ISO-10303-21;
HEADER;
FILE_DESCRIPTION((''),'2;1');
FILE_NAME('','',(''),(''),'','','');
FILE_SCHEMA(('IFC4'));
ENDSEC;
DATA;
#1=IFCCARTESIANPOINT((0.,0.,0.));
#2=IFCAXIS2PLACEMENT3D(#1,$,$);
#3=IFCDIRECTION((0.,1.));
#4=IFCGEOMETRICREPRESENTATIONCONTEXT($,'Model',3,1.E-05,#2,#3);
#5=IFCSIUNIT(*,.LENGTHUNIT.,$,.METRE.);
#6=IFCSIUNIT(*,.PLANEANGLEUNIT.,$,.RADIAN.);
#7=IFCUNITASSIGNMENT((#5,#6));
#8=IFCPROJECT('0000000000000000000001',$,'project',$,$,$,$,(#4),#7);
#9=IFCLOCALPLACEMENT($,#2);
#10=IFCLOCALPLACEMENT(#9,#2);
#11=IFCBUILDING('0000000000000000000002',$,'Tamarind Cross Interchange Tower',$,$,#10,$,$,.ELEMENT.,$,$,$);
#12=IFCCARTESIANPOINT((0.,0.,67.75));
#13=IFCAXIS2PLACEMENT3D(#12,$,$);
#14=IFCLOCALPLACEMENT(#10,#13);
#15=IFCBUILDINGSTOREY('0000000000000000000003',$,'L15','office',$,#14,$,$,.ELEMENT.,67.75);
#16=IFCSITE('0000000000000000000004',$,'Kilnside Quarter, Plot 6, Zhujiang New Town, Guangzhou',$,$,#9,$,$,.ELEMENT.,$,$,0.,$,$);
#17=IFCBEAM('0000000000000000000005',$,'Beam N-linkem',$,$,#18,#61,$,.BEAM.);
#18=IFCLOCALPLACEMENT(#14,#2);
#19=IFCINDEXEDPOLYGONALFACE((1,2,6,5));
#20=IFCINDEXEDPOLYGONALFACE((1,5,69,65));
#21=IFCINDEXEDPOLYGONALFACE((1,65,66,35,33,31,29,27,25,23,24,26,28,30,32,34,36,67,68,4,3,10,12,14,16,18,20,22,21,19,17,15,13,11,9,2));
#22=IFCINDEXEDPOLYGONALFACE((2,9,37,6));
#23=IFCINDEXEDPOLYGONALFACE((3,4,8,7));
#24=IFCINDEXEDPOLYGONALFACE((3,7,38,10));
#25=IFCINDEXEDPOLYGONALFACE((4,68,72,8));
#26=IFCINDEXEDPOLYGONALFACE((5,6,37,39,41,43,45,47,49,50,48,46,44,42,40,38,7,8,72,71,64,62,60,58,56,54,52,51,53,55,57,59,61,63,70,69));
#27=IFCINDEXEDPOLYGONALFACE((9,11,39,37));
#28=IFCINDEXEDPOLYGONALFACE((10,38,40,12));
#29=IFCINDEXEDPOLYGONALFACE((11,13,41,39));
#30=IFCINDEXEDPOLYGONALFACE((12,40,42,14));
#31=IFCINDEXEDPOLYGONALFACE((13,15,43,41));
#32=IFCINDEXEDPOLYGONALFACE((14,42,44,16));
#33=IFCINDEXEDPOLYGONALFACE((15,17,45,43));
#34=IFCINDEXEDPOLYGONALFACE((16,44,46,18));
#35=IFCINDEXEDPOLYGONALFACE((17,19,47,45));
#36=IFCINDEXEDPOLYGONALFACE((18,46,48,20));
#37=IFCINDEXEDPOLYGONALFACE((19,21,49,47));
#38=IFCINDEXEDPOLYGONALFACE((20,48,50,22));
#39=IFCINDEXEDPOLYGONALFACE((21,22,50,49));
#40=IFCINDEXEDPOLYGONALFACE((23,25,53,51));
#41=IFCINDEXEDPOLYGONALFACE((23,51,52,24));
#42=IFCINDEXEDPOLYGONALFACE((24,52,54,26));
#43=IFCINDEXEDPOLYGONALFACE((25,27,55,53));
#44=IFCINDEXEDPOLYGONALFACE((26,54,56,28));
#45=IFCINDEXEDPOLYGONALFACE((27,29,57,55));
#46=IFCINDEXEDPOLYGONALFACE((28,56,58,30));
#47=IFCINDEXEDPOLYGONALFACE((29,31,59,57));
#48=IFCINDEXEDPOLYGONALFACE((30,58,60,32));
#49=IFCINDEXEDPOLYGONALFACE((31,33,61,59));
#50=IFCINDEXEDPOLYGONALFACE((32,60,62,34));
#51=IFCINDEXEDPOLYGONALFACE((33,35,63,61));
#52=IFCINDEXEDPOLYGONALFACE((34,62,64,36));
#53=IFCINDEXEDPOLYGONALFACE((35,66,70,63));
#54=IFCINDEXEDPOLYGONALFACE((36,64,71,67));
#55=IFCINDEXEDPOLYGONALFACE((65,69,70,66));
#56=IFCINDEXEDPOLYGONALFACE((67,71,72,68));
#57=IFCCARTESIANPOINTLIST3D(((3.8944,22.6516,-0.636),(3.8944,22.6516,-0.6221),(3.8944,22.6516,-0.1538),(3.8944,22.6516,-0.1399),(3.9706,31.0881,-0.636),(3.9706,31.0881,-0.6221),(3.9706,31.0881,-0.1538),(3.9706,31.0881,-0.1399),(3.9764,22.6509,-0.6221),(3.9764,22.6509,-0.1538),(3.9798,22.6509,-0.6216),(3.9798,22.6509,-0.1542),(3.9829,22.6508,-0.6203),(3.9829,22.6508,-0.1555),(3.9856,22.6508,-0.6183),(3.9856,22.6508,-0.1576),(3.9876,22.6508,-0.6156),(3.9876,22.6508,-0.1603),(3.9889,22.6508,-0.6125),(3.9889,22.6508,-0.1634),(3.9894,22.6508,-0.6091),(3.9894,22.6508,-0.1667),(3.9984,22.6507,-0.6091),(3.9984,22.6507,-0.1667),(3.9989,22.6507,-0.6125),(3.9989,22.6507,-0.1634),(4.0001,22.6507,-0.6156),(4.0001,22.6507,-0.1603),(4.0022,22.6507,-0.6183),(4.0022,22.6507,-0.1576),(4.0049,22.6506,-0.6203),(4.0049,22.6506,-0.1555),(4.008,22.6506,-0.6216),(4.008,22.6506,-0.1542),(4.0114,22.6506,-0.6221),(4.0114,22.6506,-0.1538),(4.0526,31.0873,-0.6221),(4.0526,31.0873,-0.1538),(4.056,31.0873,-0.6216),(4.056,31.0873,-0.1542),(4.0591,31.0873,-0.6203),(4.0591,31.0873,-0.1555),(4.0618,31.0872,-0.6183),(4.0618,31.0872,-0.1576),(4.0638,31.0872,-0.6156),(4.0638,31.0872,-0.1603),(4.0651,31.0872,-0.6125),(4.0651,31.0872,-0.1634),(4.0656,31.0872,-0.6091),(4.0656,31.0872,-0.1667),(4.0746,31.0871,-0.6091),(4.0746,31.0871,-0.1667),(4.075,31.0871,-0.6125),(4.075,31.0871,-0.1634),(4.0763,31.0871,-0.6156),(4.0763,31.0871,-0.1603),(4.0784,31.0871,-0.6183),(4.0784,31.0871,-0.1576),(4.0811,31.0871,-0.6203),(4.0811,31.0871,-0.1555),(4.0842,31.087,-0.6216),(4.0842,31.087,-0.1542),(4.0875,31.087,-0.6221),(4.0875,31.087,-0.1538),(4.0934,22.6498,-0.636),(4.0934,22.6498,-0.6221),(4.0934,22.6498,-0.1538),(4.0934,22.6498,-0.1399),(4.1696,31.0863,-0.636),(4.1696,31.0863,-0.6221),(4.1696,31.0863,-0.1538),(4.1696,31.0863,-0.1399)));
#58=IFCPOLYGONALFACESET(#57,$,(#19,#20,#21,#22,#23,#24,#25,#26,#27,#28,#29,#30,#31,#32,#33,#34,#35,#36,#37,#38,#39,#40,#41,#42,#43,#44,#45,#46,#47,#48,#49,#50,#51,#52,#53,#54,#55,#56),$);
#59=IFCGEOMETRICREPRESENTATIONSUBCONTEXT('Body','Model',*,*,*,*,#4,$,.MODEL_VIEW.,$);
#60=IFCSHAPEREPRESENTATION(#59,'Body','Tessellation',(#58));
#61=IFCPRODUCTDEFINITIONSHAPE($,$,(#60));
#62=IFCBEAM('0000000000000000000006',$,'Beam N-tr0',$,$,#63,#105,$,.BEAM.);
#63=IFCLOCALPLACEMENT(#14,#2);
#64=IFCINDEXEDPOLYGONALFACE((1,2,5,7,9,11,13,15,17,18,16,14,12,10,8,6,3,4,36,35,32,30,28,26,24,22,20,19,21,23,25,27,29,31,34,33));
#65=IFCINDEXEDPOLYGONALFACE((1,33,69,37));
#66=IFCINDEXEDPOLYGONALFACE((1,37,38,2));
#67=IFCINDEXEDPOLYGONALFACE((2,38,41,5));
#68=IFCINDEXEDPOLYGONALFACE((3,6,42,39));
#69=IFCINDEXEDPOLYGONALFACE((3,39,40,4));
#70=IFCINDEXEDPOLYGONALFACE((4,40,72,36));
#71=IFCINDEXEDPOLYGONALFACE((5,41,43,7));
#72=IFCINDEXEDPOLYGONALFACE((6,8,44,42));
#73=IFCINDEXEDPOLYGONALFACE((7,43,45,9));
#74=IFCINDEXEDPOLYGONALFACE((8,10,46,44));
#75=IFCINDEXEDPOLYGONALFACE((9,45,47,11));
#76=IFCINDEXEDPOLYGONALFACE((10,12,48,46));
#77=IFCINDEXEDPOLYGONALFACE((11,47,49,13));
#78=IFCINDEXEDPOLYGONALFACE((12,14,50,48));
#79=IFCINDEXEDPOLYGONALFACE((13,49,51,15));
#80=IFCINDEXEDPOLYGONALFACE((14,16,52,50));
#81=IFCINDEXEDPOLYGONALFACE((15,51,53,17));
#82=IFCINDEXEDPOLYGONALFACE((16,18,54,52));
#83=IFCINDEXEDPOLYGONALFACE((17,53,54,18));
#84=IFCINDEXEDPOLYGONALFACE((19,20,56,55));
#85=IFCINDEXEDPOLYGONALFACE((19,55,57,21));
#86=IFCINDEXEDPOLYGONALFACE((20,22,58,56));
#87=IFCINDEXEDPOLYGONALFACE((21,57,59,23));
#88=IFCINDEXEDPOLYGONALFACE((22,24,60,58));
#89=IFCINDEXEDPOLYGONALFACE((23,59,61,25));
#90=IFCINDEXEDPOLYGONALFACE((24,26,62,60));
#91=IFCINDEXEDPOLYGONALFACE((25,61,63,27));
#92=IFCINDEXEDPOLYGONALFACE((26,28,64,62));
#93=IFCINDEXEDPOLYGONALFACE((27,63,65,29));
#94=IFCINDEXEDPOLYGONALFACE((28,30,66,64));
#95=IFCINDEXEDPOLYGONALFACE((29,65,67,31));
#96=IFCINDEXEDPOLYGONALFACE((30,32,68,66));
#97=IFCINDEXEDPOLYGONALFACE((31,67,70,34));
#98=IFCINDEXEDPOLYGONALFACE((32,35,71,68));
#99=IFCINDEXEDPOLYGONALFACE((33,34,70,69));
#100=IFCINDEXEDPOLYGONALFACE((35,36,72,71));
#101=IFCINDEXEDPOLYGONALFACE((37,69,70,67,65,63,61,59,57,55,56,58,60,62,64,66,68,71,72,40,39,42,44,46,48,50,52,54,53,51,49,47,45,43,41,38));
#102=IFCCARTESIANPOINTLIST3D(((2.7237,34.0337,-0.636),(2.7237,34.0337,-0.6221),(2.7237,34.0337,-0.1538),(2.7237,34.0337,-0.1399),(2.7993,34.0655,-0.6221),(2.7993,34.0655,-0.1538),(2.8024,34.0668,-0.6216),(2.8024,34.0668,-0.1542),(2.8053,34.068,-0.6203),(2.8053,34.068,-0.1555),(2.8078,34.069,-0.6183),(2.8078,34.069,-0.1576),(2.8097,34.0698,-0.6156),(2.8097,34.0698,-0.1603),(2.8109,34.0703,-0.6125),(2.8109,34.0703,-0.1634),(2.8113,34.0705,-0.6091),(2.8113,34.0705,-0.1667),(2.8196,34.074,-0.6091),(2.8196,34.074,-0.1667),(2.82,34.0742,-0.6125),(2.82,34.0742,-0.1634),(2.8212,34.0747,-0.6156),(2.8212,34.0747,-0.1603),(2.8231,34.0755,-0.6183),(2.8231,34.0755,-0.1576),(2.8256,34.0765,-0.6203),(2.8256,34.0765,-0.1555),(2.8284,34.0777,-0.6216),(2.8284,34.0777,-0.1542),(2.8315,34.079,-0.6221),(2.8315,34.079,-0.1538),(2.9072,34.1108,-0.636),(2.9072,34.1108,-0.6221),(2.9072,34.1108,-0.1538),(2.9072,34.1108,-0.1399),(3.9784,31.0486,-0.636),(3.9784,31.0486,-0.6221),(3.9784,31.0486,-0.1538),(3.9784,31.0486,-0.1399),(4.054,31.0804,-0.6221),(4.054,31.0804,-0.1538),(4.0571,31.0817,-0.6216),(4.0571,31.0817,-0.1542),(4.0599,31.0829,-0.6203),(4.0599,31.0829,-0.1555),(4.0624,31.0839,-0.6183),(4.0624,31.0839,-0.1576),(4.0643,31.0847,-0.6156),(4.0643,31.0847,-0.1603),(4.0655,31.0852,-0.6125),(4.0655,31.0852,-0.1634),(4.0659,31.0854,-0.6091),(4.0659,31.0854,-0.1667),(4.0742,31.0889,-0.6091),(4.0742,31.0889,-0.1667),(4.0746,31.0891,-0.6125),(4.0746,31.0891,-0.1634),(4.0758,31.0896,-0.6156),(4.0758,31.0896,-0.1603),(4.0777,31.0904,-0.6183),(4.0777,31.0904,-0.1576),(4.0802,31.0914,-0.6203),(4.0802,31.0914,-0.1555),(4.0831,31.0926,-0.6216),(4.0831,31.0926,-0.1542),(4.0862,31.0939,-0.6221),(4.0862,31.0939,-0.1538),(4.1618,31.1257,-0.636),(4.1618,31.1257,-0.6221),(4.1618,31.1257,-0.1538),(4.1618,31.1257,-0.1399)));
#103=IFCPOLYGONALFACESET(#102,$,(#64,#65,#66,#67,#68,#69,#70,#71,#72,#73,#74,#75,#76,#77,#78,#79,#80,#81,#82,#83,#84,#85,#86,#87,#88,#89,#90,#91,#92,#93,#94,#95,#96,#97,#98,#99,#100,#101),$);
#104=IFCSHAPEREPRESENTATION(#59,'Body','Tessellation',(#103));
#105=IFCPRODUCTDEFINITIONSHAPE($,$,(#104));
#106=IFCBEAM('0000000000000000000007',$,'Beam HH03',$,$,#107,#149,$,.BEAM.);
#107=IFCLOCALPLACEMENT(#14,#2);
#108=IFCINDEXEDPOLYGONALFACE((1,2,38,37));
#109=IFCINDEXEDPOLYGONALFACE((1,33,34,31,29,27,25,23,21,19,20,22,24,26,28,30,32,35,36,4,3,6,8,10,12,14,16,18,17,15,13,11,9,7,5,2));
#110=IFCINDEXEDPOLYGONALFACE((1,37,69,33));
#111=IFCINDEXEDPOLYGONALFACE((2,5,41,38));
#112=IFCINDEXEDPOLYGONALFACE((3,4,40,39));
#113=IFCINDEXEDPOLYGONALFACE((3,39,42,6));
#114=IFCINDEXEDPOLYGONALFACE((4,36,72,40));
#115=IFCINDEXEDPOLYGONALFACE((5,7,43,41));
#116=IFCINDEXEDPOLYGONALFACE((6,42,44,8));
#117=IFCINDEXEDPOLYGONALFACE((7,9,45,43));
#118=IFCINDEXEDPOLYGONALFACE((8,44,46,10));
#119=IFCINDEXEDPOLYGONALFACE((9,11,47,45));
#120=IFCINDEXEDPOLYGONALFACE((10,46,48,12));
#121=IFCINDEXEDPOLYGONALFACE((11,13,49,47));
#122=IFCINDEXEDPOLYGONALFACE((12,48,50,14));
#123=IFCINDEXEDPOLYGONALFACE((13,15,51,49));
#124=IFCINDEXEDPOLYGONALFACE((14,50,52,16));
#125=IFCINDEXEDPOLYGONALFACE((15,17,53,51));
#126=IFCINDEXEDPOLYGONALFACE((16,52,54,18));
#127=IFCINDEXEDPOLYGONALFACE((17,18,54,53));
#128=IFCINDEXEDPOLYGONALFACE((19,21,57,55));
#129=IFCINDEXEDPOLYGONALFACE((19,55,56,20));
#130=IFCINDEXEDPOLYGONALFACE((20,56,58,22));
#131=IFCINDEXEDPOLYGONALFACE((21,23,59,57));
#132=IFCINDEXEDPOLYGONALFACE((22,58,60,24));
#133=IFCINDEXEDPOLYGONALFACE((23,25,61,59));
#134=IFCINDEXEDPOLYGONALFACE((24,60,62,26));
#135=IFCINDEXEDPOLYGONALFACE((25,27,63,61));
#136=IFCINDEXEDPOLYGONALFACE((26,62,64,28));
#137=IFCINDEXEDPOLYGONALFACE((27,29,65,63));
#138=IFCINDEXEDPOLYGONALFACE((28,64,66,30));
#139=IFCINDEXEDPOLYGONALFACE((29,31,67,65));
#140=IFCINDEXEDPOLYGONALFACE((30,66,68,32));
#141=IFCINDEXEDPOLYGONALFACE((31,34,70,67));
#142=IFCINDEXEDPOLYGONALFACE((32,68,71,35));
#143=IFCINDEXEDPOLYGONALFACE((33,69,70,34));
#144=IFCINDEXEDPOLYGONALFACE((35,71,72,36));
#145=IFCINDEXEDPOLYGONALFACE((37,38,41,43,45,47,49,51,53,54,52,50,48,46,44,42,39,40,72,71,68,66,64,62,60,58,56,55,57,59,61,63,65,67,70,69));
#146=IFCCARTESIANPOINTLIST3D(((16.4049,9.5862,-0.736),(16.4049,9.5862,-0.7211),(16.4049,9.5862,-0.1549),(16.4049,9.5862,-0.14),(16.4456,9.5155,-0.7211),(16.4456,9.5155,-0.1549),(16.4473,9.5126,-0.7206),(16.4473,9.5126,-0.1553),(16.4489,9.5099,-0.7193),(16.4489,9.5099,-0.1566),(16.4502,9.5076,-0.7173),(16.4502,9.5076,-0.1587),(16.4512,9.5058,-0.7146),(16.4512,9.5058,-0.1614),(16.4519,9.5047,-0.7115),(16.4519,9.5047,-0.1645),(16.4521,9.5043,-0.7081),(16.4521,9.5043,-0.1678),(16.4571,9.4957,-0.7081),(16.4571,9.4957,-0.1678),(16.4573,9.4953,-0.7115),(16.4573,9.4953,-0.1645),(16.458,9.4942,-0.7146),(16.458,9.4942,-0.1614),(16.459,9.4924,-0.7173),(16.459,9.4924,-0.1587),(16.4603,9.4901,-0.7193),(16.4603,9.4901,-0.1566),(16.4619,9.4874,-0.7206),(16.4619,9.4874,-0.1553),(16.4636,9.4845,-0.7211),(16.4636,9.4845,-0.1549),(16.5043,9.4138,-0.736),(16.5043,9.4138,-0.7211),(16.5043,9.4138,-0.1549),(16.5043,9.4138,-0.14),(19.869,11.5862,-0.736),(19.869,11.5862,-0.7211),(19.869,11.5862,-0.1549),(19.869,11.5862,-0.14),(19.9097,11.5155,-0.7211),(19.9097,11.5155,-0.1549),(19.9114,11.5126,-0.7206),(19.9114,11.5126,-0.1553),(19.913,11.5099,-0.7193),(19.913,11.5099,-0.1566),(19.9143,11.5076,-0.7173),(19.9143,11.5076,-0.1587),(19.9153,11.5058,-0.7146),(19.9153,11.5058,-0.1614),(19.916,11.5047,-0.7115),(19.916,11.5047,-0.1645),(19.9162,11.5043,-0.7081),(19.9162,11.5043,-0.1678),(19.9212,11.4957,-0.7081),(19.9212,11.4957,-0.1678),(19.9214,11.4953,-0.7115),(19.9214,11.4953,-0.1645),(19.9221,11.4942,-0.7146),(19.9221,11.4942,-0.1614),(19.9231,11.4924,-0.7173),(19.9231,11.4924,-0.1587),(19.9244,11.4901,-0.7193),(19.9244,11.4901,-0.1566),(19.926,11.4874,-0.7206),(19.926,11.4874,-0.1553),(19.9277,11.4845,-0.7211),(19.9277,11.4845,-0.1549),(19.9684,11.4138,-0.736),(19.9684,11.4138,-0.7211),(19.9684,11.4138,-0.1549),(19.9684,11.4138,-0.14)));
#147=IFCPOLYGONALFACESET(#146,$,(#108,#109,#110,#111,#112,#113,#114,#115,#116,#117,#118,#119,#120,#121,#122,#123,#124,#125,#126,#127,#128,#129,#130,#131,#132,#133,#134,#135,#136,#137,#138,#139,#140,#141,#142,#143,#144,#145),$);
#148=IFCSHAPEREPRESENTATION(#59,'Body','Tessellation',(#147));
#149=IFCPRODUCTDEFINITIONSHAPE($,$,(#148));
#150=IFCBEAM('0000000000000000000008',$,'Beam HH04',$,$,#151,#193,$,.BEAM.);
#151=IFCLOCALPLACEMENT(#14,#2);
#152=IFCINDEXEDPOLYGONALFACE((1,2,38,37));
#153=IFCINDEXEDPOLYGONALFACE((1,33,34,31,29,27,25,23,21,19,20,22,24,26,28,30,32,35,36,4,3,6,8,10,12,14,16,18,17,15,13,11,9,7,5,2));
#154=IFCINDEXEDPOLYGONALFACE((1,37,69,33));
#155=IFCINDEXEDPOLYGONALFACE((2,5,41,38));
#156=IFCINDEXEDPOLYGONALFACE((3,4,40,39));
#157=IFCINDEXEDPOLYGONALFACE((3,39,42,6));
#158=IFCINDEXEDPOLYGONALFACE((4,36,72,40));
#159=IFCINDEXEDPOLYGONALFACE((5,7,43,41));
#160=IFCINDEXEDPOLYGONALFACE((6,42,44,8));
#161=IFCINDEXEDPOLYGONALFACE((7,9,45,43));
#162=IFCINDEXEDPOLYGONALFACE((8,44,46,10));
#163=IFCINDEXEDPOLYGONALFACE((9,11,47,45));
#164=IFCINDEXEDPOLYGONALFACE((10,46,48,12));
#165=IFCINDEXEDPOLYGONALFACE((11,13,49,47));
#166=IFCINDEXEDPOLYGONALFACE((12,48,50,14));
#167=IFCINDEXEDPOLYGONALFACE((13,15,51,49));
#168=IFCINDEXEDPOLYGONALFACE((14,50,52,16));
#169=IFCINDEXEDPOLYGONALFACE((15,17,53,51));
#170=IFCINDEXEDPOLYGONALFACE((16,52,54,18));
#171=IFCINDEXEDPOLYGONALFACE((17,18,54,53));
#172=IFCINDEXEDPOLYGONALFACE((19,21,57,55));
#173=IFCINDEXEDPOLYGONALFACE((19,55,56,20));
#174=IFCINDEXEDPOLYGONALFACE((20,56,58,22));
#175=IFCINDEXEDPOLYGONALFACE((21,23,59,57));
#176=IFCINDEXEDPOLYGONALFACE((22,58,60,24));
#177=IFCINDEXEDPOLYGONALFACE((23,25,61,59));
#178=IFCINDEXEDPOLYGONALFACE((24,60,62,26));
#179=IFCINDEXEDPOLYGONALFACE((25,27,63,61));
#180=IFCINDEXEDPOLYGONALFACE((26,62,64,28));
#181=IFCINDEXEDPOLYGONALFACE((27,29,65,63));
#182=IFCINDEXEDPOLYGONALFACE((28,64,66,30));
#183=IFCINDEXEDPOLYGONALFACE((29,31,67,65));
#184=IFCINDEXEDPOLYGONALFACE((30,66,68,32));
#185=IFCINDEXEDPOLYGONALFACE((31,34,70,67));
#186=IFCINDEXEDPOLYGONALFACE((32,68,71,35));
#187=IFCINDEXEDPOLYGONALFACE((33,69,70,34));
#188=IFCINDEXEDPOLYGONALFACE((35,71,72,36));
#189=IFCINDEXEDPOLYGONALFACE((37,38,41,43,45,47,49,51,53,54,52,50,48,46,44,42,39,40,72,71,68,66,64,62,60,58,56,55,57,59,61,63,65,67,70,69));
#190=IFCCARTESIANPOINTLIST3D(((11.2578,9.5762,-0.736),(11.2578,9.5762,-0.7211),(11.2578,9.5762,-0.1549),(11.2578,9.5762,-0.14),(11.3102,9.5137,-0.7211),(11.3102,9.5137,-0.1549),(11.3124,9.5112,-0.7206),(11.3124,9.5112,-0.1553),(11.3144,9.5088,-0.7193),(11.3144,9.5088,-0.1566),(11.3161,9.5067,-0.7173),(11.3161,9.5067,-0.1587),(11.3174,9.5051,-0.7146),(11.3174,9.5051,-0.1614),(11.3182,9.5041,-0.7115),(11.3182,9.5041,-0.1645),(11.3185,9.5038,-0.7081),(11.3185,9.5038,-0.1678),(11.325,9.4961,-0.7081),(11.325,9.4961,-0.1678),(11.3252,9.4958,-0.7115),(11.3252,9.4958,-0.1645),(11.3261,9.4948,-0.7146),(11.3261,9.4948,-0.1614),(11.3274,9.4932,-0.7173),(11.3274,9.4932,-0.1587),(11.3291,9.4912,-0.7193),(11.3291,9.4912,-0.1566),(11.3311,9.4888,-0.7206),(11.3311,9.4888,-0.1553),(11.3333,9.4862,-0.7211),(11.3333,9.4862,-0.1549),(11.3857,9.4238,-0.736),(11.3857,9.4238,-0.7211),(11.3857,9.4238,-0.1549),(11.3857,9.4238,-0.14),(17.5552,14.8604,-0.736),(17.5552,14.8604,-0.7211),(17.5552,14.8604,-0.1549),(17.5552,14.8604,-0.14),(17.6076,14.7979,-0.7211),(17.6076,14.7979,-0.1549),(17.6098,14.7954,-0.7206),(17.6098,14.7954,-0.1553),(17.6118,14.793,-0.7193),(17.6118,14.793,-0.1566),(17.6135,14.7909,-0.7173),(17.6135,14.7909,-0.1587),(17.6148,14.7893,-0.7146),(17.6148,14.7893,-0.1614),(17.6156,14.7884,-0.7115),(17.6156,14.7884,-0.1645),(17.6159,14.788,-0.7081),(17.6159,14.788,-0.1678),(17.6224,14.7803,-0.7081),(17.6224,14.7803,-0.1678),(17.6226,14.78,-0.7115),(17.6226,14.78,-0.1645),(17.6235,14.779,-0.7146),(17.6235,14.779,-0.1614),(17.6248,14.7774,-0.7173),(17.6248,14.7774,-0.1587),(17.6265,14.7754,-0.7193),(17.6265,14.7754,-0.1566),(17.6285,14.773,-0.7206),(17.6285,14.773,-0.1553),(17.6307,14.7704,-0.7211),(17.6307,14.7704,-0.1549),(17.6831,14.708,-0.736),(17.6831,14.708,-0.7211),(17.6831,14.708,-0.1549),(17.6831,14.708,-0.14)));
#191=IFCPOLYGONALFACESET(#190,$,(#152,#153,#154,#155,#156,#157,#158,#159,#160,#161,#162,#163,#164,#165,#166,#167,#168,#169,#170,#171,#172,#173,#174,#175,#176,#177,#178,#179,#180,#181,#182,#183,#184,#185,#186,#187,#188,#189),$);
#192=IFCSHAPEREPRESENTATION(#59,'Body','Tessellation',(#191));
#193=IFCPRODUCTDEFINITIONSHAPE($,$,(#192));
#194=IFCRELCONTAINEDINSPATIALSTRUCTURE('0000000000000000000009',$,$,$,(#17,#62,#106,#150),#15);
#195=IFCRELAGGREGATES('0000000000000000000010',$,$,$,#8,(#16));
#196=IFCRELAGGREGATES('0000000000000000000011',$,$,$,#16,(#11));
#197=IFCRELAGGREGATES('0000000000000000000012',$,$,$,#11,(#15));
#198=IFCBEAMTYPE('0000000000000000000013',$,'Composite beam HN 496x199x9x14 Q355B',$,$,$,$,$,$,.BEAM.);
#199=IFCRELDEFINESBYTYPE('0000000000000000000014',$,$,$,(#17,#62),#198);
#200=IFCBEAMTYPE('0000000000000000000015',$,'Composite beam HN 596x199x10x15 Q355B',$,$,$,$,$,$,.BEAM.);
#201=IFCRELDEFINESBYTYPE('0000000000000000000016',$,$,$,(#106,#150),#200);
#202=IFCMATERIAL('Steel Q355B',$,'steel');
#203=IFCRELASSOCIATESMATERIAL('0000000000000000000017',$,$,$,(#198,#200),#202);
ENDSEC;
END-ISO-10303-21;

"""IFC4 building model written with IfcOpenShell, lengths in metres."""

from ifc_helpers import new_model, si_unit, direction, frame, origin, origin_2d, place, context, subcontext, project, spatial, i_section, extrude, material, material_profile, profile_set, type_object, element, save


model = new_model("IFC4")

# Units and contexts
model_context = context("Model", 3, precision=1e-05, world=origin(), true_north=direction((0.0, 1.0)))
body_context = subcontext(model_context, "Body", "Model", "MODEL_VIEW")
ifc_project = project(units=[si_unit("LENGTHUNIT", "METRE"), si_unit("PLANEANGLEUNIT", "RADIAN")], contexts=[model_context])

# Site, building, storey
site_placement = place(None, origin())
site = spatial("IfcSite", under=ifc_project, at=site_placement, Name="Kilnside Quarter, Plot 6, Zhujiang New Town, Guangzhou", CompositionType="ELEMENT", RefElevation=0.0)
building_placement = place(site_placement, origin())
building = spatial("IfcBuilding", under=site, at=building_placement, Name="Tamarind Cross Interchange Tower", CompositionType="ELEMENT")
storey_placement = place(building_placement, frame((0.0, 0.0, 67.75)))
storey = spatial("IfcBuildingStorey", under=building, at=storey_placement, Name="L15", Description="office", CompositionType="ELEMENT", Elevation=67.75)

# Beams
ifc_material_1 = material(Name="Steel Q355B", Category="steel")
ifc_material_profile_1 = material_profile(ifc_material_1, i_section(OverallWidth=0.199, OverallDepth=0.4961, WebThickness=0.009, FlangeThickness=0.0139, FilletRadius=0.0129, at=origin_2d()), Name="HN 496x199x9x14")
ifc_profile_set_1 = profile_set([ifc_material_profile_1], Name="Steel Q355B")
beam_type_1 = type_object("IfcBeamType", Name="Composite beam HN 496x199x9x14 Q355B", PredefinedType="BEAM", material=ifc_profile_set_1)
beam_1_placement = place(storey_placement, frame((4.0701, 31.0872, -0.3879), z_axis=(-0.009028, -0.999959, 0.0), x_axis=(0.999959, -0.009028, 0.0)))
element("IfcBeam", 1, at=beam_1_placement, inside=storey, type_object=beam_type_1, Name="Beam N-linkem", PredefinedType="BEAM", context=body_context, shape_type="SweptSolid", body=[
    extrude(i_section(OverallWidth=0.199, OverallDepth=0.4961, WebThickness=0.009, FlangeThickness=0.0139, FilletRadius=0.0129, at=origin_2d()), origin(), (0.0, 0.0, 1.0), 8.4368),
])
beam_2_placement = place(storey_placement, frame((4.0701, 31.0872, -0.3879), z_axis=(-0.387467, 0.921884, 0.0), x_axis=(-0.921884, -0.387467, 0.0)))
element("IfcBeam", 2, at=beam_2_placement, inside=storey, type_object=beam_type_1, Name="Beam N-tr0", PredefinedType="BEAM", context=body_context, shape_type="SweptSolid", body=[
    extrude(i_section(OverallWidth=0.199, OverallDepth=0.4961, WebThickness=0.009, FlangeThickness=0.0139, FilletRadius=0.0129, at=origin_2d()), origin(), (0.0, 0.0, 1.0), 3.238),
])
ifc_material_profile_2 = material_profile(ifc_material_1, i_section(OverallWidth=0.199, OverallDepth=0.5959, WebThickness=0.01, FlangeThickness=0.0149, FilletRadius=0.0129, at=origin_2d()), Name="HN 596x199x10x15")
ifc_profile_set_2 = profile_set([ifc_material_profile_2], Name="Steel Q355B")
beam_type_2 = type_object("IfcBeamType", Name="Composite beam HN 596x199x10x15 Q355B", PredefinedType="BEAM", material=ifc_profile_set_2)
beam_3_placement = place(storey_placement, frame((19.9187, 11.5, -0.438), z_axis=(-0.866026, -0.499999, 0.0), x_axis=(0.499999, -0.866026, 0.0)))
element("IfcBeam", 3, at=beam_3_placement, inside=storey, type_object=beam_type_2, Name="Beam HH03", PredefinedType="BEAM", context=body_context, shape_type="SweptSolid", body=[
    extrude(i_section(OverallWidth=0.199, OverallDepth=0.5959, WebThickness=0.01, FlangeThickness=0.0149, FilletRadius=0.0129, at=origin_2d()), origin(), (0.0, 0.0, 1.0), 4.0),
])
beam_4_placement = place(storey_placement, frame((17.6191, 14.7842, -0.438), z_axis=(-0.766041, -0.642792, 0.0), x_axis=(0.642792, -0.766041, 0.0)))
element("IfcBeam", 4, at=beam_4_placement, inside=storey, type_object=beam_type_2, Name="Beam HH04", PredefinedType="BEAM", context=body_context, shape_type="SweptSolid", body=[
    extrude(i_section(OverallWidth=0.199, OverallDepth=0.5959, WebThickness=0.01, FlangeThickness=0.0149, FilletRadius=0.0129, at=origin_2d()), origin(), (0.0, 0.0, 1.0), 8.2207),
])

save(model, "model.ifc")
